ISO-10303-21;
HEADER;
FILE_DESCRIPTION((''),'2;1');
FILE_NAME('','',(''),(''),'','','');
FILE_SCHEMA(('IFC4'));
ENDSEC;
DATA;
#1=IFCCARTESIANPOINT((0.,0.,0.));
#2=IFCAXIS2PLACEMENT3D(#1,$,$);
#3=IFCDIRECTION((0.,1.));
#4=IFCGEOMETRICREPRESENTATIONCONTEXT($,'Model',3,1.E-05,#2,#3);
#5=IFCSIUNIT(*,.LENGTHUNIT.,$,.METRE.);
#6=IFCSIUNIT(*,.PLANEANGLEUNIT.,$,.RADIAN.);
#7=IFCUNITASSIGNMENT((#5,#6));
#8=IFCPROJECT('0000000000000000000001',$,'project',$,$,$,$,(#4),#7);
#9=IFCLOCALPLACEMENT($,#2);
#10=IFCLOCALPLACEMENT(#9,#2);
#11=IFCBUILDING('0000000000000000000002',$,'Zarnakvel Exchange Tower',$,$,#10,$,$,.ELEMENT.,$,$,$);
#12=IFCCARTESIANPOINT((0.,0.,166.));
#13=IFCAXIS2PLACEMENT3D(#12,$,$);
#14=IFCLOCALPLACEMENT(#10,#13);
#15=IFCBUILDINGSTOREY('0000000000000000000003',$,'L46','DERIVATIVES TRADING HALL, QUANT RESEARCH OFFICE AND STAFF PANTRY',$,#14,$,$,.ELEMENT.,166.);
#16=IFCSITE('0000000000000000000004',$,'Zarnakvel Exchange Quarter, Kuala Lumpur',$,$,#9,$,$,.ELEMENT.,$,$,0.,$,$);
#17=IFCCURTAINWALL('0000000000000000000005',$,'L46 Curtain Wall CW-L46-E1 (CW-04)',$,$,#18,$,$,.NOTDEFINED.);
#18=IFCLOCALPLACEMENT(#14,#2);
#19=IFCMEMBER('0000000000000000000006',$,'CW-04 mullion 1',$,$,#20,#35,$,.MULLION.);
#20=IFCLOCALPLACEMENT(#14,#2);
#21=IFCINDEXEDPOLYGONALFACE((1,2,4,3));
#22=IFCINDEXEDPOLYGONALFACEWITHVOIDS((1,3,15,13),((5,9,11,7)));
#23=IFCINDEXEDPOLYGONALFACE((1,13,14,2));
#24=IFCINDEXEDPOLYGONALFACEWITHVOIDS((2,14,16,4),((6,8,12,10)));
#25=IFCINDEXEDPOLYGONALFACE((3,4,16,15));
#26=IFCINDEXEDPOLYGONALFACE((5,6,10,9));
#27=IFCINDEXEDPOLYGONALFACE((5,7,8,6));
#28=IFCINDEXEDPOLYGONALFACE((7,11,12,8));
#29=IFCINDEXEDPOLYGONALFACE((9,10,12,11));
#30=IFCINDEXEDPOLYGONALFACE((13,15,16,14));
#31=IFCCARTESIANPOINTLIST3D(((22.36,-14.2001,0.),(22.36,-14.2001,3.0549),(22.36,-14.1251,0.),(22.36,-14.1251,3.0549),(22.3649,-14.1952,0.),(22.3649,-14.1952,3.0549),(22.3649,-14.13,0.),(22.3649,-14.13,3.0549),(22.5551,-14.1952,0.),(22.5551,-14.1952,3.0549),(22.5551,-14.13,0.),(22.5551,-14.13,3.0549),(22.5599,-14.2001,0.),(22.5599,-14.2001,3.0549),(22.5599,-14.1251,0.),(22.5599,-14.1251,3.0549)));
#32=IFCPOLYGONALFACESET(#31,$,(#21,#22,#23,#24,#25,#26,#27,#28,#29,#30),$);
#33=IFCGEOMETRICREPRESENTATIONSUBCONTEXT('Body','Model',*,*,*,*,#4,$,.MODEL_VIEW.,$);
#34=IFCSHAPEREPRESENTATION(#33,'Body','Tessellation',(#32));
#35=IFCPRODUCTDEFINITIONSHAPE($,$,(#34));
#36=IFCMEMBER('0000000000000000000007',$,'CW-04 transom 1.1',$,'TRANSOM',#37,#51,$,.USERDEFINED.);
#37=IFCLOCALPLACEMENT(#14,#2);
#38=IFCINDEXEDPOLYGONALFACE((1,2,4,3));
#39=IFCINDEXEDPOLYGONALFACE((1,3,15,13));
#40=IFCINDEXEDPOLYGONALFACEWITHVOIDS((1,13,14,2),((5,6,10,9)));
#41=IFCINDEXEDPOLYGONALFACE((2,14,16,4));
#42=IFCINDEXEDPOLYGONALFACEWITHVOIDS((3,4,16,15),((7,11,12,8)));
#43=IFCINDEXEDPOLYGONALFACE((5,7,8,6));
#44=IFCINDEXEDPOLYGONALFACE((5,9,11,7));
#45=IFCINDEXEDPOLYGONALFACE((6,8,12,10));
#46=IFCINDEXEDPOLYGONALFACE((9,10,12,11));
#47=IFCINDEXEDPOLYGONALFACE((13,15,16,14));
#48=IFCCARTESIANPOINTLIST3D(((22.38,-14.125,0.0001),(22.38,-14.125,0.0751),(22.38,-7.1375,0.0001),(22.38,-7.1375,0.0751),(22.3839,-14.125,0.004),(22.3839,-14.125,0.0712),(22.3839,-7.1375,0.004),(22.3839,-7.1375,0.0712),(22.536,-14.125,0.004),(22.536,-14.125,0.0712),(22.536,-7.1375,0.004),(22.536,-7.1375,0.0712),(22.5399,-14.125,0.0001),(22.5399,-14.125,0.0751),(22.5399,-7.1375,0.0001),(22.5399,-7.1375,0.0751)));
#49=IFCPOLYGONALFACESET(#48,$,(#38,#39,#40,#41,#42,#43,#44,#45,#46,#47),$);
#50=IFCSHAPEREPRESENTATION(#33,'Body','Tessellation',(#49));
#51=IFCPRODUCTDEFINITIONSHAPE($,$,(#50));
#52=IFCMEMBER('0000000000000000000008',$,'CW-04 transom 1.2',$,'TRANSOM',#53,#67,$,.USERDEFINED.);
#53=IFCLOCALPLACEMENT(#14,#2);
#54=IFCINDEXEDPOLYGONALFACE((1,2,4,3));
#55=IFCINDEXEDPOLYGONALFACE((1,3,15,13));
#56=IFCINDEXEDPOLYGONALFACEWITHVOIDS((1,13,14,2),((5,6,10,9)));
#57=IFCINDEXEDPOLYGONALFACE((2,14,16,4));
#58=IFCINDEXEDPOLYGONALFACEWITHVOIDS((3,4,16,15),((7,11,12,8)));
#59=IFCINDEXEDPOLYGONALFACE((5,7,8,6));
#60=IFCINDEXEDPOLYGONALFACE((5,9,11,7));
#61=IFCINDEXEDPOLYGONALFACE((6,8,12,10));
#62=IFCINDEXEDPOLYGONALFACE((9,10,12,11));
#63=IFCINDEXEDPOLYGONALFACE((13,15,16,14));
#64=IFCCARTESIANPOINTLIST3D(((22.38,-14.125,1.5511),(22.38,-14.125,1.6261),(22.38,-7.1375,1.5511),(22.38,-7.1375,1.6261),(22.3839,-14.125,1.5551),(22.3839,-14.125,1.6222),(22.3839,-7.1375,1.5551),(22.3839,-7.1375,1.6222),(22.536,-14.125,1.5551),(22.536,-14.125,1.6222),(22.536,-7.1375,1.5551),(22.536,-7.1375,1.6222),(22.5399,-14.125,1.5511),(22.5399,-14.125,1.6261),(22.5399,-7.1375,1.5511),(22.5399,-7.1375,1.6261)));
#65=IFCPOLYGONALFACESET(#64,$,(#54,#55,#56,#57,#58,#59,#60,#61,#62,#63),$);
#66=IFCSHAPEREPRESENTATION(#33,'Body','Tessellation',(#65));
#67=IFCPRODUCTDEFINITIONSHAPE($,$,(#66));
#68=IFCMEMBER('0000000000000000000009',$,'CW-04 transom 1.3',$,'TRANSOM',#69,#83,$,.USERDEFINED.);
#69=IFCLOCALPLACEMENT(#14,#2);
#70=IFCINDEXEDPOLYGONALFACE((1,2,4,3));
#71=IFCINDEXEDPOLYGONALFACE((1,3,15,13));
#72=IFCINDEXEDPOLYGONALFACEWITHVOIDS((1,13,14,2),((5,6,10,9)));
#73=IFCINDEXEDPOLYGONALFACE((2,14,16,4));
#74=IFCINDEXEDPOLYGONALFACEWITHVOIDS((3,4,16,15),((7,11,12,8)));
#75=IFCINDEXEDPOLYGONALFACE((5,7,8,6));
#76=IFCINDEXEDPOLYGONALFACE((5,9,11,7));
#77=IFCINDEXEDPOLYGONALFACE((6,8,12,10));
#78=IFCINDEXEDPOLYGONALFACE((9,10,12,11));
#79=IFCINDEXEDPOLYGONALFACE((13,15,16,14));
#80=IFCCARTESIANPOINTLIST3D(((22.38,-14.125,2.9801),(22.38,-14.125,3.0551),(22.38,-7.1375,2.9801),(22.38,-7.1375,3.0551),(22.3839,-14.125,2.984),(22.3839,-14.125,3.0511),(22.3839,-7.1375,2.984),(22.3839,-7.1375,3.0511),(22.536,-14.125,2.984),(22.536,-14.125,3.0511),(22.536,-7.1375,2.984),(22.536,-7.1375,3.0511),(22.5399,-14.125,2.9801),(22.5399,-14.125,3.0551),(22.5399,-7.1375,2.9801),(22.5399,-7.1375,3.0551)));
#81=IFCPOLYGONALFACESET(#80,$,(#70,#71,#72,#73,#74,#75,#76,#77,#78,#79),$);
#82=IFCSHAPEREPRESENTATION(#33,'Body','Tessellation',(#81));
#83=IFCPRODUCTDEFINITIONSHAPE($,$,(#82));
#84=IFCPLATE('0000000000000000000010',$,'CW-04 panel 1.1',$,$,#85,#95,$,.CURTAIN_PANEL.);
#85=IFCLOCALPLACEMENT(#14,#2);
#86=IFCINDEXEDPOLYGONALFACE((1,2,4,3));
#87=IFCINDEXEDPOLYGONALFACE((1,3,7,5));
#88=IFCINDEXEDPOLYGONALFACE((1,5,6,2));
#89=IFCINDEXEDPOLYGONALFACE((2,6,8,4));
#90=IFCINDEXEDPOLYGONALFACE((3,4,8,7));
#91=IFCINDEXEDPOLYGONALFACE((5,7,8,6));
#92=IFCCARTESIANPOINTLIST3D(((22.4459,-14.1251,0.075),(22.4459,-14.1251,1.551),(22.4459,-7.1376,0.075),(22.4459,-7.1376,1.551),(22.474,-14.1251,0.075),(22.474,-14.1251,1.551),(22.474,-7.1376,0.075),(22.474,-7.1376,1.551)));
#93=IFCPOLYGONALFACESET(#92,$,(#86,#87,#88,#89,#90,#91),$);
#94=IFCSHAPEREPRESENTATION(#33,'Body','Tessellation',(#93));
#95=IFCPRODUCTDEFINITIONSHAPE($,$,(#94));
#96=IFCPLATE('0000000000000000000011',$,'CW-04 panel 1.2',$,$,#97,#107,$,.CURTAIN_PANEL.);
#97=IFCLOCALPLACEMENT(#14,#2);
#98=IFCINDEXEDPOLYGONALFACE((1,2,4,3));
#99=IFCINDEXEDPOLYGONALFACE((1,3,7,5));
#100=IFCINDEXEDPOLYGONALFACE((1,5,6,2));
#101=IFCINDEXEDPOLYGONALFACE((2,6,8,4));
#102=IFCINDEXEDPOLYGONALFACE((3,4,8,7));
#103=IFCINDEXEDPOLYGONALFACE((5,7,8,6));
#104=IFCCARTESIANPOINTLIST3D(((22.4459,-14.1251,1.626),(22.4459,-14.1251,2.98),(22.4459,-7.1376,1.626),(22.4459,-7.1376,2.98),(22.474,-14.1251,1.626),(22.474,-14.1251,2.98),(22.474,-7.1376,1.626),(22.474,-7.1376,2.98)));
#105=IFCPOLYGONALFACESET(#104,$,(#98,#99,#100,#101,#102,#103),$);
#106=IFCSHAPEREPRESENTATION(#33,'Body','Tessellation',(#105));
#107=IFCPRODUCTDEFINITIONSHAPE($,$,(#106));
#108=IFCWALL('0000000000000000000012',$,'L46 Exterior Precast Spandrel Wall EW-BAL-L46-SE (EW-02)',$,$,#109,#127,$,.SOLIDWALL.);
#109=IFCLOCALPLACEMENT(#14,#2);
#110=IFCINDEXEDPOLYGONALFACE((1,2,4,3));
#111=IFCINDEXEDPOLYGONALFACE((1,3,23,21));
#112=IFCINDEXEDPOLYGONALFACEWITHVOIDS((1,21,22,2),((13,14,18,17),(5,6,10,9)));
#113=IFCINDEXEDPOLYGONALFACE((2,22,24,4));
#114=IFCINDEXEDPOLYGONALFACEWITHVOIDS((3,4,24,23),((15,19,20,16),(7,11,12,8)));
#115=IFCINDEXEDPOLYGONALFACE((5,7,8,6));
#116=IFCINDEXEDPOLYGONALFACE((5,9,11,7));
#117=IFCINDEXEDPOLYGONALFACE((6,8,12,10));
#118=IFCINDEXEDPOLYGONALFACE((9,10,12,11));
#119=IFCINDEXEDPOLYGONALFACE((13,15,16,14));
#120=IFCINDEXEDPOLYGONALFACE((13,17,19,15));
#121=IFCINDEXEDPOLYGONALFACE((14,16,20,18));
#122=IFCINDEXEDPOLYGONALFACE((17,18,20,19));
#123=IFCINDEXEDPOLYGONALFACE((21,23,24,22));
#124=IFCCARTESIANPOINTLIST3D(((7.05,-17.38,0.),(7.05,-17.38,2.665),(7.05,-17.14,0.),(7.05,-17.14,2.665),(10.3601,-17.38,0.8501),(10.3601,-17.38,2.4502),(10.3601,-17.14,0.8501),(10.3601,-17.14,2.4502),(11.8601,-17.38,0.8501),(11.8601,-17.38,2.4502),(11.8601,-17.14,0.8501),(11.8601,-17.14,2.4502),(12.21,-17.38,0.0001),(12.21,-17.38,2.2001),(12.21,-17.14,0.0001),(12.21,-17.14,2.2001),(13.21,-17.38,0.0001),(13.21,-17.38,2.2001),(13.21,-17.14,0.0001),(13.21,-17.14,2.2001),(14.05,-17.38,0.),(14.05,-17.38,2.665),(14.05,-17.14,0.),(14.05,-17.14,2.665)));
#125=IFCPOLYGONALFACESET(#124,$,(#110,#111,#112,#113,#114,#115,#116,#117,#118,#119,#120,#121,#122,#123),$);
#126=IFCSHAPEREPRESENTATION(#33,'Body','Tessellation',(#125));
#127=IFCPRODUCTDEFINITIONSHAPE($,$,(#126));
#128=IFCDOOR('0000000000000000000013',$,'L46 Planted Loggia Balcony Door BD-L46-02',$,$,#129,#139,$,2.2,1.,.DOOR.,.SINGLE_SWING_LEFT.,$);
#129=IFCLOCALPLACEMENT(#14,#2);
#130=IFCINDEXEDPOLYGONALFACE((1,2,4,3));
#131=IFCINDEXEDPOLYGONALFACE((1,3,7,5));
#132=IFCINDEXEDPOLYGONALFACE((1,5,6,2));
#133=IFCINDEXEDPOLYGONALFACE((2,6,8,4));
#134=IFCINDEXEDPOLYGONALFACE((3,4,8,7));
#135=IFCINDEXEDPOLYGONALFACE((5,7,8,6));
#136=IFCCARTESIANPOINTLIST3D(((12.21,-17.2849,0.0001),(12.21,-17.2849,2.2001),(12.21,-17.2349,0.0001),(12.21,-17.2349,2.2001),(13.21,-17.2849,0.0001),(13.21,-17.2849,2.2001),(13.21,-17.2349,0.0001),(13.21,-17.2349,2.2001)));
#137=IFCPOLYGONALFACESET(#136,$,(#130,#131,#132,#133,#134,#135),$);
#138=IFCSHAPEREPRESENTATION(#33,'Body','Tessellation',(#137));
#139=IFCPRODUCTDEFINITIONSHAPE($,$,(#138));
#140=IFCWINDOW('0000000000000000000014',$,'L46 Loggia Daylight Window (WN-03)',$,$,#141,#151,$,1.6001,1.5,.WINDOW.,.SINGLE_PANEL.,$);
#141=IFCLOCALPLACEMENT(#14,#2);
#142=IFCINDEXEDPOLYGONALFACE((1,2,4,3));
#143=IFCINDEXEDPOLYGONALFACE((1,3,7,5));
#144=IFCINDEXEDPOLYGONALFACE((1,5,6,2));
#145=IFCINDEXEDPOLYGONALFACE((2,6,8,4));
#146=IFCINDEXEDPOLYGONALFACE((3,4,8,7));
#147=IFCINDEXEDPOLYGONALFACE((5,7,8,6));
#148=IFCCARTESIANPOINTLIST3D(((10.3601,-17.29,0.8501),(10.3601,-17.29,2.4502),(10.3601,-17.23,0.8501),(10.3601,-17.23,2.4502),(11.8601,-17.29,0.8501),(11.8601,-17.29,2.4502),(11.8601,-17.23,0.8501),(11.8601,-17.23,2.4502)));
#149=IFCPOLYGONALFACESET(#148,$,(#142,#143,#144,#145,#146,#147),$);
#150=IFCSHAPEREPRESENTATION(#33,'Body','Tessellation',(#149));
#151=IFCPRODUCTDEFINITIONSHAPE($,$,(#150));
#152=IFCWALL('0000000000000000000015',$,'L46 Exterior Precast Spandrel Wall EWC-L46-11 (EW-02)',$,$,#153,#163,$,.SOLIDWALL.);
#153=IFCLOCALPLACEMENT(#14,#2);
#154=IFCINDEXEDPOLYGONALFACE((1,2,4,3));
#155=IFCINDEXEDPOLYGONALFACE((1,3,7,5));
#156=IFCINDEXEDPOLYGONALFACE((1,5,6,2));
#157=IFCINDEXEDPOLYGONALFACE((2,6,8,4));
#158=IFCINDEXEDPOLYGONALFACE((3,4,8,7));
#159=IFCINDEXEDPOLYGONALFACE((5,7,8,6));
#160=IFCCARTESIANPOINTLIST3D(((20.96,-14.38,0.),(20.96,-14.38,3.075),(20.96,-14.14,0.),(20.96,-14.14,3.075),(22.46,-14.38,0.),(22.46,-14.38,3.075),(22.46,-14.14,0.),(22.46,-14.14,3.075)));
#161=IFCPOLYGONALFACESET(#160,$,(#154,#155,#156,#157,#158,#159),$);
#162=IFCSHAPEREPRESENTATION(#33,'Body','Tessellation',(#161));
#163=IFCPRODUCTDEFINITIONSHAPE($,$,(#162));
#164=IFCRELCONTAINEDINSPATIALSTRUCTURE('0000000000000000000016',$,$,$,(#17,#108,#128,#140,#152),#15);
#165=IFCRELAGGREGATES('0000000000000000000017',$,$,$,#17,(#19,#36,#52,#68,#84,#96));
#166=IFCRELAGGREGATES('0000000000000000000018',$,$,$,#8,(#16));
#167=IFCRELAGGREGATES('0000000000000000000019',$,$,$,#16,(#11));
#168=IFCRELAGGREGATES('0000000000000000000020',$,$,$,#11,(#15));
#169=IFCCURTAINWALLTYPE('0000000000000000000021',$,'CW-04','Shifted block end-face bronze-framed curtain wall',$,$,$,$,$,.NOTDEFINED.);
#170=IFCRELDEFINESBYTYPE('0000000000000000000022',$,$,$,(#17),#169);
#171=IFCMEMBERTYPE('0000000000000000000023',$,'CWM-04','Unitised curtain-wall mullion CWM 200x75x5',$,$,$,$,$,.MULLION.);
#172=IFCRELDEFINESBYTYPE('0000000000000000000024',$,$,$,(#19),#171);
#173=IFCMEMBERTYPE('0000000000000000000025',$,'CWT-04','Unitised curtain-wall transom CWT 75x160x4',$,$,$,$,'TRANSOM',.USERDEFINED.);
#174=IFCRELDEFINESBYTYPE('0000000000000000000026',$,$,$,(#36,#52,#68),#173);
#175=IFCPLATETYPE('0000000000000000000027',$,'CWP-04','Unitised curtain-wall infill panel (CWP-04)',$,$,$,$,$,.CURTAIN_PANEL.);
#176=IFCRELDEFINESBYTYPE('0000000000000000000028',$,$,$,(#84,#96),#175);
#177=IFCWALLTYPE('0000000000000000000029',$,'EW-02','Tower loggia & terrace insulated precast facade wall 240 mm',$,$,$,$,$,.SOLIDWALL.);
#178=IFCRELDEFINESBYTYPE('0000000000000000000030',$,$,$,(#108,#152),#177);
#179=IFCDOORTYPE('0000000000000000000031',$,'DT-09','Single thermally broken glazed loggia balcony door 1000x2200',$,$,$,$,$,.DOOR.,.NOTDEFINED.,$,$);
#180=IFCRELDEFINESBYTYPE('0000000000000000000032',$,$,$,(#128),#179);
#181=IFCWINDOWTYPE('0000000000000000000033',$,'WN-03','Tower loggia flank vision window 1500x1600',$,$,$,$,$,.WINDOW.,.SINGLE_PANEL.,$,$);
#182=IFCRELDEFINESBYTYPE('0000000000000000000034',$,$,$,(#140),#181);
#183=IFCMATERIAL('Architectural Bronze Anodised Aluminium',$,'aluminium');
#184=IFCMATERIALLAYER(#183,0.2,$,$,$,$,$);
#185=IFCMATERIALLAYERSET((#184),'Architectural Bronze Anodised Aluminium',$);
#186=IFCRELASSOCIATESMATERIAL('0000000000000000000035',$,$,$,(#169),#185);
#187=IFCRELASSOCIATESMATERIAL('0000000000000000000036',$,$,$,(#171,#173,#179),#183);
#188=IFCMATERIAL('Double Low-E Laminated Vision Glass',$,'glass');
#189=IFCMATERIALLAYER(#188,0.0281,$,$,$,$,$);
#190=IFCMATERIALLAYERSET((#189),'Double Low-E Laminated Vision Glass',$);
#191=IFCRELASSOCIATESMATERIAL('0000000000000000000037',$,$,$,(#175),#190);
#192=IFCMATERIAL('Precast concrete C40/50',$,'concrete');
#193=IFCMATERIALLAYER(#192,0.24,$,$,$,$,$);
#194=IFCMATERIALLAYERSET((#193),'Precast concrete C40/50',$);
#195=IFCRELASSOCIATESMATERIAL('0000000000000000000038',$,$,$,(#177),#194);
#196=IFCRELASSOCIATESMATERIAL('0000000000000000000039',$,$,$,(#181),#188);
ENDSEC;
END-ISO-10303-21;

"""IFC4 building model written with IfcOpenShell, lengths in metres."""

from ifc_helpers import new_model, si_unit, direction, frame, frame_2d, origin, origin_2d, place, context, subcontext, project, spatial, rectangle, hollow_rectangle, extrude, source, transform, mapped, material, layer, layer_set, material_profile, profile_set, type_object, element, fill, aggregate, save


model = new_model("IFC4")

# Units and contexts
model_context = context("Model", 3, precision=1e-05, world=origin(), true_north=direction((0.0, 1.0)))
body_context = subcontext(model_context, "Body", "Model", "MODEL_VIEW")
ifc_project = project(units=[si_unit("LENGTHUNIT", "METRE"), si_unit("PLANEANGLEUNIT", "RADIAN")], contexts=[model_context])

# Site, building, storey
site_placement = place(None, origin())
site = spatial("IfcSite", under=ifc_project, at=site_placement, Name="Zarnakvel Exchange Quarter, Kuala Lumpur", CompositionType="ELEMENT", RefElevation=0.0)
building_placement = place(site_placement, origin())
building = spatial("IfcBuilding", under=site, at=building_placement, Name="Zarnakvel Exchange Tower", CompositionType="ELEMENT")
storey_placement = place(building_placement, frame((0.0, 0.0, 166.0)))
storey = spatial("IfcBuildingStorey", under=building, at=storey_placement, Name="L46", Description="DERIVATIVES TRADING HALL, QUANT RESEARCH OFFICE AND STAFF PANTRY", CompositionType="ELEMENT", Elevation=166.0)

# Curtain wall, members, plates
ifc_material_1 = material(Name="Architectural Bronze Anodised Aluminium", Category="aluminium")
ifc_layer_1 = layer(ifc_material_1, 0.2)
ifc_layer_set_1 = layer_set([ifc_layer_1], Name="Architectural Bronze Anodised Aluminium")
curtain_wall_type = type_object("IfcCurtainWallType", Name="CW-04", Description="Shifted block end-face bronze-framed curtain wall", PredefinedType="NOTDEFINED", material=ifc_layer_set_1)
curtain_wall_placement = place(storey_placement, origin())
curtain_wall = element("IfcCurtainWall", 1, at=curtain_wall_placement, inside=storey, type_object=curtain_wall_type, Name="L46 Curtain Wall CW-L46-E1 (CW-04)", PredefinedType="NOTDEFINED")
ifc_material_profile_1 = material_profile(ifc_material_1, hollow_rectangle(XDim=0.2, YDim=0.075, WallThickness=0.0049, at=origin_2d()))
ifc_profile_set_1 = profile_set([ifc_material_profile_1], Name="Architectural Bronze Anodised Aluminium")
member_type_1 = type_object("IfcMemberType", Name="CWM-04", Description="Unitised curtain-wall mullion CWM 200x75x5", PredefinedType="MULLION", material=ifc_profile_set_1)
shared_shape_1 = source(origin(), body_context, "Body", "SweptSolid", [
    extrude(hollow_rectangle(XDim=0.2, YDim=0.075, WallThickness=0.0049, at=origin_2d()), origin(), (0.0, 0.0, 1.0), 3.0549),
])
member_1_placement = place(storey_placement, frame((22.46, -14.1626, 0.0), z_axis=(0.0, 0.0, 1.0), x_axis=(-1.0, 0.0, 0.0)))
member_1 = element("IfcMember", 2, at=member_1_placement, type_object=member_type_1, Name="CW-04 mullion 1", PredefinedType="MULLION", context=body_context, shape_type="MappedRepresentation", body=[
    mapped(shared_shape_1, transform((0.0, 0.0, 0.0), x_axis=(1.0, 0.0, 0.0), y_axis=(0.0, 1.0, 0.0), z_axis=(0.0, 0.0, 1.0), scale=1.0)),
])
ifc_material_profile_2 = material_profile(ifc_material_1, hollow_rectangle(XDim=0.1599, YDim=0.075, WallThickness=0.0039, at=origin_2d()))
ifc_profile_set_2 = profile_set([ifc_material_profile_2], Name="Architectural Bronze Anodised Aluminium")
member_type_2 = type_object("IfcMemberType", Name="CWT-04", Description="Unitised curtain-wall transom CWT 75x160x4", ElementType="TRANSOM", PredefinedType="USERDEFINED", material=ifc_profile_set_2)
shared_shape_2 = source(origin(), body_context, "Body", "SweptSolid", [
    extrude(hollow_rectangle(XDim=0.1599, YDim=0.075, WallThickness=0.0039, at=origin_2d()), origin(), (0.0, 0.0, 1.0), 6.9875),
])
member_2_placement = place(storey_placement, frame((22.46, -14.125, 0.0376), z_axis=(0.0, 1.0, 0.0), x_axis=(-1.0, 0.0, 0.0)))
member_2 = element("IfcMember", 3, at=member_2_placement, type_object=member_type_2, Name="CW-04 transom 1.1", ObjectType="TRANSOM", PredefinedType="USERDEFINED", context=body_context, shape_type="MappedRepresentation", body=[
    mapped(shared_shape_2, transform((0.0, 0.0, 0.0), x_axis=(1.0, 0.0, 0.0), y_axis=(0.0, 1.0, 0.0), z_axis=(0.0, 0.0, 1.0), scale=1.0)),
])
member_3_placement = place(storey_placement, frame((22.46, -14.125, 1.5886), z_axis=(0.0, 1.0, 0.0), x_axis=(-1.0, 0.0, 0.0)))
member_3 = element("IfcMember", 4, at=member_3_placement, type_object=member_type_2, Name="CW-04 transom 1.2", ObjectType="TRANSOM", PredefinedType="USERDEFINED", context=body_context, shape_type="MappedRepresentation", body=[
    mapped(shared_shape_2, transform((0.0, 0.0, 0.0), x_axis=(1.0, 0.0, 0.0), y_axis=(0.0, 1.0, 0.0), z_axis=(0.0, 0.0, 1.0), scale=1.0)),
])
member_4_placement = place(storey_placement, frame((22.46, -14.125, 3.0176), z_axis=(0.0, 1.0, 0.0), x_axis=(-1.0, 0.0, 0.0)))
member_4 = element("IfcMember", 5, at=member_4_placement, type_object=member_type_2, Name="CW-04 transom 1.3", ObjectType="TRANSOM", PredefinedType="USERDEFINED", context=body_context, shape_type="MappedRepresentation", body=[
    mapped(shared_shape_2, transform((0.0, 0.0, 0.0), x_axis=(1.0, 0.0, 0.0), y_axis=(0.0, 1.0, 0.0), z_axis=(0.0, 0.0, 1.0), scale=1.0)),
])
ifc_material_2 = material(Name="Double Low-E Laminated Vision Glass", Category="glass")
ifc_layer_2 = layer(ifc_material_2, 0.0281)
ifc_layer_set_2 = layer_set([ifc_layer_2], Name="Double Low-E Laminated Vision Glass")
plate_type = type_object("IfcPlateType", Name="CWP-04", Description="Unitised curtain-wall infill panel (CWP-04)", PredefinedType="CURTAIN_PANEL", material=ifc_layer_set_2)
shared_shape_3 = source(origin(), body_context, "Body", "SweptSolid", [
    extrude(rectangle(XDim=6.9875, YDim=0.0281, at=origin_2d()), origin(), (0.0, 0.0, 1.0), 1.4761),
])
plate_1_placement = place(storey_placement, frame((22.46, -10.6313, 0.075), z_axis=(0.0, 0.0, 1.0), x_axis=(0.0, 1.0, 0.0)))
plate_1 = element("IfcPlate", 6, at=plate_1_placement, type_object=plate_type, Name="CW-04 panel 1.1", PredefinedType="CURTAIN_PANEL", context=body_context, shape_type="MappedRepresentation", body=[
    mapped(shared_shape_3, transform((0.0, 0.0, 0.0), x_axis=(1.0, 0.0, 0.0), y_axis=(0.0, 1.0, 0.0), z_axis=(0.0, 0.0, 1.0), scale=1.0)),
])
shared_shape_4 = source(origin(), body_context, "Body", "SweptSolid", [
    extrude(rectangle(XDim=6.9875, YDim=0.0281, at=origin_2d()), origin(), (0.0, 0.0, 1.0), 1.354),
])
plate_2_placement = place(storey_placement, frame((22.46, -10.6313, 1.626), z_axis=(0.0, 0.0, 1.0), x_axis=(0.0, 1.0, 0.0)))
plate_2 = element("IfcPlate", 7, at=plate_2_placement, type_object=plate_type, Name="CW-04 panel 1.2", PredefinedType="CURTAIN_PANEL", context=body_context, shape_type="MappedRepresentation", body=[
    mapped(shared_shape_4, transform((0.0, 0.0, 0.0), x_axis=(1.0, 0.0, 0.0), y_axis=(0.0, 1.0, 0.0), z_axis=(0.0, 0.0, 1.0), scale=1.0)),
])
aggregate(curtain_wall, [member_1, member_2, member_3, member_4, plate_1, plate_2])

# Wall, openings, door, window
ifc_material_3 = material(Name="Precast concrete C40/50", Category="concrete")
ifc_layer_3 = layer(ifc_material_3, 0.24)
ifc_layer_set_3 = layer_set([ifc_layer_3], Name="Precast concrete C40/50")
wall_type_1 = type_object("IfcWallType", Name="EW-02", Description="Tower loggia & terrace insulated precast facade wall 240 mm", PredefinedType="SOLIDWALL", material=ifc_layer_set_3)
wall_1_placement = place(storey_placement, frame((14.05, -17.26, 0.0), z_axis=(0.0, 0.0, 1.0), x_axis=(-1.0, 0.0, 0.0)))
wall_1 = element("IfcWall", 8, at=wall_1_placement, inside=storey, type_object=wall_type_1, Name="L46 Exterior Precast Spandrel Wall EW-BAL-L46-SE (EW-02)", PredefinedType="SOLIDWALL", context=body_context, shape_type="SweptSolid", body=[
    extrude(rectangle(XDim=7.0, YDim=0.24, at=frame_2d((3.5, 0.0))), origin(), (0.0, 0.0, 1.0), 2.665),
])
opening_1_placement = place(wall_1_placement, frame((0.8401, 0.0, 0.0)))
opening_1 = element("IfcOpeningElement", 9, at=opening_1_placement, cuts=wall_1, PredefinedType="OPENING", context=body_context, shape_type="SweptSolid", body=[
    extrude(rectangle(XDim=1.0, YDim=2.2, at=frame_2d((0.5, 1.1001))), frame((0.0, 0.1299, 0.0), z_axis=(0.0, -1.0, 0.0), x_axis=(1.0, 0.0, 0.0)), (0.0, 0.0, 1.0), 0.26),
])
opening_2_placement = place(wall_1_placement, frame((2.1899, 0.0, 0.8501)))
opening_2 = element("IfcOpeningElement", 10, at=opening_2_placement, cuts=wall_1, PredefinedType="OPENING", context=body_context, shape_type="SweptSolid", body=[
    extrude(rectangle(XDim=1.5, YDim=1.6001, at=frame_2d((0.75, 0.8))), frame((0.0, 0.1299, 0.0), z_axis=(0.0, -1.0, 0.0), x_axis=(1.0, 0.0, 0.0)), (0.0, 0.0, 1.0), 0.26),
])
door_type = type_object("IfcDoorType", Name="DT-09", Description="Single thermally broken glazed loggia balcony door 1000x2200", OperationType="NOTDEFINED", PredefinedType="DOOR", material=ifc_material_1)
shared_shape_5 = source(origin(), body_context, "Body", "SweptSolid", [
    extrude(rectangle(XDim=1.0, YDim=2.2, at=frame_2d((0.5, 1.1001))), frame((0.0, 0.0249, 0.0), z_axis=(0.0, -1.0, 0.0), x_axis=(1.0, 0.0, 0.0)), (0.0, 0.0, 1.0), 0.05),
])
door_placement = place(opening_1_placement, origin())
door = element("IfcDoor", 11, at=door_placement, inside=storey, type_object=door_type, Name="L46 Planted Loggia Balcony Door BD-L46-02", OperationType="SINGLE_SWING_LEFT", OverallHeight=2.2, OverallWidth=1.0, PredefinedType="DOOR", context=body_context, shape_type="MappedRepresentation", body=[
    mapped(shared_shape_5, transform((0.0, 0.0, 0.0), x_axis=(1.0, 0.0, 0.0), y_axis=(0.0, 1.0, 0.0), z_axis=(0.0, 0.0, 1.0), scale=1.0)),
])
fill(opening_1, door)
window_type = type_object("IfcWindowType", Name="WN-03", Description="Tower loggia flank vision window 1500x1600", PartitioningType="SINGLE_PANEL", PredefinedType="WINDOW", material=ifc_material_2)
shared_shape_6 = source(origin(), body_context, "Body", "SweptSolid", [
    extrude(rectangle(XDim=1.5, YDim=1.6001, at=frame_2d((0.75, 0.8))), frame((0.0, 0.03, 0.0), z_axis=(0.0, -1.0, 0.0), x_axis=(1.0, 0.0, 0.0)), (0.0, 0.0, 1.0), 0.0601),
])
window_placement = place(opening_2_placement, origin())
window = element("IfcWindow", 12, at=window_placement, inside=storey, type_object=window_type, Name="L46 Loggia Daylight Window (WN-03)", OverallHeight=1.6001, OverallWidth=1.5, PartitioningType="SINGLE_PANEL", PredefinedType="WINDOW", context=body_context, shape_type="MappedRepresentation", body=[
    mapped(shared_shape_6, transform((0.0, 0.0, 0.0), x_axis=(1.0, 0.0, 0.0), y_axis=(0.0, 1.0, 0.0), z_axis=(0.0, 0.0, 1.0), scale=1.0)),
])
fill(opening_2, window)

# Wall
for number, where, z_axis, x_axis, name in (
    (13, (20.96, -14.26, 0.0), (0.0, 0.0, 1.0), (1.0, 0.0, 0.0), "L46 Exterior Precast Spandrel Wall EWC-L46-11 (EW-02)"),
):
    element("IfcWall", number, at=place(storey_placement, frame(where, z_axis=z_axis, x_axis=x_axis)), inside=storey, type_object=wall_type_1, Name=name, PredefinedType="SOLIDWALL", context=body_context, shape_type="SweptSolid", body=[
        extrude(rectangle(XDim=1.5, YDim=0.24, at=frame_2d((0.75, 0.0))), origin(), (0.0, 0.0, 1.0), 3.075),
    ])

save(model, "model.ifc")
